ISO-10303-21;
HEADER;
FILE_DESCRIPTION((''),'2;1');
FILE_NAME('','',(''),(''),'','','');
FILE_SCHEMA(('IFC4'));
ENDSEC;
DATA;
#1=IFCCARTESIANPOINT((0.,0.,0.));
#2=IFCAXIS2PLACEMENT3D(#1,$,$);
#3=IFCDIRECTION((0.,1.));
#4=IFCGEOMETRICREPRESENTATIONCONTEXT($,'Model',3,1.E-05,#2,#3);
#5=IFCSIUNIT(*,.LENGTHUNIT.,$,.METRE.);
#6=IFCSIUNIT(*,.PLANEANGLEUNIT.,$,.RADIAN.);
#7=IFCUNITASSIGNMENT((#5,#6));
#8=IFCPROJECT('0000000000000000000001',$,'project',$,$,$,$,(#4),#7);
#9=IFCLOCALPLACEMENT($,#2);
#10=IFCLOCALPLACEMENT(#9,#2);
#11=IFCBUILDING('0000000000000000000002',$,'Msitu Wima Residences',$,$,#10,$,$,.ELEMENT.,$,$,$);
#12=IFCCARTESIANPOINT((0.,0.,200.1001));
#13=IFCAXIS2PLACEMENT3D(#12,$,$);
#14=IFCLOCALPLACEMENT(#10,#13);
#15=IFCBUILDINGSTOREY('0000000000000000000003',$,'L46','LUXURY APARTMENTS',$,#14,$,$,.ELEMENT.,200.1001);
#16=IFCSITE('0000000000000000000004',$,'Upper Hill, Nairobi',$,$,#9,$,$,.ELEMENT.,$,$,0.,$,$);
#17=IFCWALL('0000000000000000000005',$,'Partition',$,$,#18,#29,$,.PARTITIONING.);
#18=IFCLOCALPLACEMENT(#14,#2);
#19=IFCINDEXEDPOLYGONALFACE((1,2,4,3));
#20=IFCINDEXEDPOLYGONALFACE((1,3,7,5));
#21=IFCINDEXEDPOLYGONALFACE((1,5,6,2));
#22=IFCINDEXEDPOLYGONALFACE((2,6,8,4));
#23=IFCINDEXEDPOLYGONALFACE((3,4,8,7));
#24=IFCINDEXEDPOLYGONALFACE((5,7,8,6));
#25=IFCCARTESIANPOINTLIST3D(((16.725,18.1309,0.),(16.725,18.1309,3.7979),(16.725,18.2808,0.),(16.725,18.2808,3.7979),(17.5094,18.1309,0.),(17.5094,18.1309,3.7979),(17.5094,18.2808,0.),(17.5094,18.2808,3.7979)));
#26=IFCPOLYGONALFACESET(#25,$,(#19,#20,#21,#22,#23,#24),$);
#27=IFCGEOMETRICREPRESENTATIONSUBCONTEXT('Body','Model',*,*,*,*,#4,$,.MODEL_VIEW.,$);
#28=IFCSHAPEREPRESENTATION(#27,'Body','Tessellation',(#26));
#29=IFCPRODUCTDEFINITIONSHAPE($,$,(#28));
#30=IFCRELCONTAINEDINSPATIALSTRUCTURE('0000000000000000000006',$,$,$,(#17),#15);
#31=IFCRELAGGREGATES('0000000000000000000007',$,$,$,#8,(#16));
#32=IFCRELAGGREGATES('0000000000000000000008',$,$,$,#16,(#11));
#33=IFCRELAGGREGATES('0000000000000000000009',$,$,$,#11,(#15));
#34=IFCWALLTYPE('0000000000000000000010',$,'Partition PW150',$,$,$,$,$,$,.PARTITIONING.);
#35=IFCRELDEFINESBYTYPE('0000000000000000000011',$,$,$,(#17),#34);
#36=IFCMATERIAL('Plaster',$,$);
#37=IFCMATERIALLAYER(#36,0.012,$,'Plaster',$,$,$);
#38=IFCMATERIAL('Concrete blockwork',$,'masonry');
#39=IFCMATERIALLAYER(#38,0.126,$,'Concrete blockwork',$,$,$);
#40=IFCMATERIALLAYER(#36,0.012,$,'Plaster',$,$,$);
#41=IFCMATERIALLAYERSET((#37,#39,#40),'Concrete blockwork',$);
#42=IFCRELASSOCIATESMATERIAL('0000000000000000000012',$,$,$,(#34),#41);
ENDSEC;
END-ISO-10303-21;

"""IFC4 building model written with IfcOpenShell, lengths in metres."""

from ifc_helpers import new_model, si_unit, direction, frame, frame_2d, origin, place, context, subcontext, project, spatial, rectangle, extrude, material, layer, layer_set, type_object, element, save


model = new_model("IFC4")

# Units and contexts
model_context = context("Model", 3, precision=1e-05, world=origin(), true_north=direction((0.0, 1.0)))
body_context = subcontext(model_context, "Body", "Model", "MODEL_VIEW")
ifc_project = project(units=[si_unit("LENGTHUNIT", "METRE"), si_unit("PLANEANGLEUNIT", "RADIAN")], contexts=[model_context])

# Site, building, storey
site_placement = place(None, origin())
site = spatial("IfcSite", under=ifc_project, at=site_placement, Name="Upper Hill, Nairobi", CompositionType="ELEMENT", RefElevation=0.0)
building_placement = place(site_placement, origin())
building = spatial("IfcBuilding", under=site, at=building_placement, Name="Msitu Wima Residences", CompositionType="ELEMENT")
storey_placement = place(building_placement, frame((0.0, 0.0, 200.1001)))
storey = spatial("IfcBuildingStorey", under=building, at=storey_placement, Name="L46", Description="LUXURY APARTMENTS", CompositionType="ELEMENT", Elevation=200.1001)

# Shared definitions
ifc_material_1 = material(Name="Plaster")
ifc_material_2 = material(Name="Concrete blockwork", Category="masonry")
ifc_layer_1 = layer(ifc_material_1, 0.012, Name="Plaster")
ifc_layer_2 = layer(ifc_material_2, 0.126, Name="Concrete blockwork")
ifc_layer_3 = layer(ifc_material_1, 0.012, Name="Plaster")
ifc_layer_set_1 = layer_set([ifc_layer_1, ifc_layer_2, ifc_layer_3], Name="Concrete blockwork")
wall_type_1 = type_object("IfcWallType", Name="Partition PW150", PredefinedType="PARTITIONING", material=ifc_layer_set_1)

# Wall
wall_1_placement = place(storey_placement, frame((16.7251, 18.2058, 0.0), z_axis=(0.0, 0.0, 1.0), x_axis=(1.0, 0.0, 0.0)))
element("IfcWall", 1, at=wall_1_placement, inside=storey, type_object=wall_type_1, Name="Partition", PredefinedType="PARTITIONING", context=body_context, shape_type="SweptSolid", body=[
    extrude(rectangle(XDim=0.7844, YDim=0.1499, at=frame_2d((0.3921, 0.0))), origin(), (0.0, 0.0, 1.0), 3.7979),
])

save(model, "model.ifc")
